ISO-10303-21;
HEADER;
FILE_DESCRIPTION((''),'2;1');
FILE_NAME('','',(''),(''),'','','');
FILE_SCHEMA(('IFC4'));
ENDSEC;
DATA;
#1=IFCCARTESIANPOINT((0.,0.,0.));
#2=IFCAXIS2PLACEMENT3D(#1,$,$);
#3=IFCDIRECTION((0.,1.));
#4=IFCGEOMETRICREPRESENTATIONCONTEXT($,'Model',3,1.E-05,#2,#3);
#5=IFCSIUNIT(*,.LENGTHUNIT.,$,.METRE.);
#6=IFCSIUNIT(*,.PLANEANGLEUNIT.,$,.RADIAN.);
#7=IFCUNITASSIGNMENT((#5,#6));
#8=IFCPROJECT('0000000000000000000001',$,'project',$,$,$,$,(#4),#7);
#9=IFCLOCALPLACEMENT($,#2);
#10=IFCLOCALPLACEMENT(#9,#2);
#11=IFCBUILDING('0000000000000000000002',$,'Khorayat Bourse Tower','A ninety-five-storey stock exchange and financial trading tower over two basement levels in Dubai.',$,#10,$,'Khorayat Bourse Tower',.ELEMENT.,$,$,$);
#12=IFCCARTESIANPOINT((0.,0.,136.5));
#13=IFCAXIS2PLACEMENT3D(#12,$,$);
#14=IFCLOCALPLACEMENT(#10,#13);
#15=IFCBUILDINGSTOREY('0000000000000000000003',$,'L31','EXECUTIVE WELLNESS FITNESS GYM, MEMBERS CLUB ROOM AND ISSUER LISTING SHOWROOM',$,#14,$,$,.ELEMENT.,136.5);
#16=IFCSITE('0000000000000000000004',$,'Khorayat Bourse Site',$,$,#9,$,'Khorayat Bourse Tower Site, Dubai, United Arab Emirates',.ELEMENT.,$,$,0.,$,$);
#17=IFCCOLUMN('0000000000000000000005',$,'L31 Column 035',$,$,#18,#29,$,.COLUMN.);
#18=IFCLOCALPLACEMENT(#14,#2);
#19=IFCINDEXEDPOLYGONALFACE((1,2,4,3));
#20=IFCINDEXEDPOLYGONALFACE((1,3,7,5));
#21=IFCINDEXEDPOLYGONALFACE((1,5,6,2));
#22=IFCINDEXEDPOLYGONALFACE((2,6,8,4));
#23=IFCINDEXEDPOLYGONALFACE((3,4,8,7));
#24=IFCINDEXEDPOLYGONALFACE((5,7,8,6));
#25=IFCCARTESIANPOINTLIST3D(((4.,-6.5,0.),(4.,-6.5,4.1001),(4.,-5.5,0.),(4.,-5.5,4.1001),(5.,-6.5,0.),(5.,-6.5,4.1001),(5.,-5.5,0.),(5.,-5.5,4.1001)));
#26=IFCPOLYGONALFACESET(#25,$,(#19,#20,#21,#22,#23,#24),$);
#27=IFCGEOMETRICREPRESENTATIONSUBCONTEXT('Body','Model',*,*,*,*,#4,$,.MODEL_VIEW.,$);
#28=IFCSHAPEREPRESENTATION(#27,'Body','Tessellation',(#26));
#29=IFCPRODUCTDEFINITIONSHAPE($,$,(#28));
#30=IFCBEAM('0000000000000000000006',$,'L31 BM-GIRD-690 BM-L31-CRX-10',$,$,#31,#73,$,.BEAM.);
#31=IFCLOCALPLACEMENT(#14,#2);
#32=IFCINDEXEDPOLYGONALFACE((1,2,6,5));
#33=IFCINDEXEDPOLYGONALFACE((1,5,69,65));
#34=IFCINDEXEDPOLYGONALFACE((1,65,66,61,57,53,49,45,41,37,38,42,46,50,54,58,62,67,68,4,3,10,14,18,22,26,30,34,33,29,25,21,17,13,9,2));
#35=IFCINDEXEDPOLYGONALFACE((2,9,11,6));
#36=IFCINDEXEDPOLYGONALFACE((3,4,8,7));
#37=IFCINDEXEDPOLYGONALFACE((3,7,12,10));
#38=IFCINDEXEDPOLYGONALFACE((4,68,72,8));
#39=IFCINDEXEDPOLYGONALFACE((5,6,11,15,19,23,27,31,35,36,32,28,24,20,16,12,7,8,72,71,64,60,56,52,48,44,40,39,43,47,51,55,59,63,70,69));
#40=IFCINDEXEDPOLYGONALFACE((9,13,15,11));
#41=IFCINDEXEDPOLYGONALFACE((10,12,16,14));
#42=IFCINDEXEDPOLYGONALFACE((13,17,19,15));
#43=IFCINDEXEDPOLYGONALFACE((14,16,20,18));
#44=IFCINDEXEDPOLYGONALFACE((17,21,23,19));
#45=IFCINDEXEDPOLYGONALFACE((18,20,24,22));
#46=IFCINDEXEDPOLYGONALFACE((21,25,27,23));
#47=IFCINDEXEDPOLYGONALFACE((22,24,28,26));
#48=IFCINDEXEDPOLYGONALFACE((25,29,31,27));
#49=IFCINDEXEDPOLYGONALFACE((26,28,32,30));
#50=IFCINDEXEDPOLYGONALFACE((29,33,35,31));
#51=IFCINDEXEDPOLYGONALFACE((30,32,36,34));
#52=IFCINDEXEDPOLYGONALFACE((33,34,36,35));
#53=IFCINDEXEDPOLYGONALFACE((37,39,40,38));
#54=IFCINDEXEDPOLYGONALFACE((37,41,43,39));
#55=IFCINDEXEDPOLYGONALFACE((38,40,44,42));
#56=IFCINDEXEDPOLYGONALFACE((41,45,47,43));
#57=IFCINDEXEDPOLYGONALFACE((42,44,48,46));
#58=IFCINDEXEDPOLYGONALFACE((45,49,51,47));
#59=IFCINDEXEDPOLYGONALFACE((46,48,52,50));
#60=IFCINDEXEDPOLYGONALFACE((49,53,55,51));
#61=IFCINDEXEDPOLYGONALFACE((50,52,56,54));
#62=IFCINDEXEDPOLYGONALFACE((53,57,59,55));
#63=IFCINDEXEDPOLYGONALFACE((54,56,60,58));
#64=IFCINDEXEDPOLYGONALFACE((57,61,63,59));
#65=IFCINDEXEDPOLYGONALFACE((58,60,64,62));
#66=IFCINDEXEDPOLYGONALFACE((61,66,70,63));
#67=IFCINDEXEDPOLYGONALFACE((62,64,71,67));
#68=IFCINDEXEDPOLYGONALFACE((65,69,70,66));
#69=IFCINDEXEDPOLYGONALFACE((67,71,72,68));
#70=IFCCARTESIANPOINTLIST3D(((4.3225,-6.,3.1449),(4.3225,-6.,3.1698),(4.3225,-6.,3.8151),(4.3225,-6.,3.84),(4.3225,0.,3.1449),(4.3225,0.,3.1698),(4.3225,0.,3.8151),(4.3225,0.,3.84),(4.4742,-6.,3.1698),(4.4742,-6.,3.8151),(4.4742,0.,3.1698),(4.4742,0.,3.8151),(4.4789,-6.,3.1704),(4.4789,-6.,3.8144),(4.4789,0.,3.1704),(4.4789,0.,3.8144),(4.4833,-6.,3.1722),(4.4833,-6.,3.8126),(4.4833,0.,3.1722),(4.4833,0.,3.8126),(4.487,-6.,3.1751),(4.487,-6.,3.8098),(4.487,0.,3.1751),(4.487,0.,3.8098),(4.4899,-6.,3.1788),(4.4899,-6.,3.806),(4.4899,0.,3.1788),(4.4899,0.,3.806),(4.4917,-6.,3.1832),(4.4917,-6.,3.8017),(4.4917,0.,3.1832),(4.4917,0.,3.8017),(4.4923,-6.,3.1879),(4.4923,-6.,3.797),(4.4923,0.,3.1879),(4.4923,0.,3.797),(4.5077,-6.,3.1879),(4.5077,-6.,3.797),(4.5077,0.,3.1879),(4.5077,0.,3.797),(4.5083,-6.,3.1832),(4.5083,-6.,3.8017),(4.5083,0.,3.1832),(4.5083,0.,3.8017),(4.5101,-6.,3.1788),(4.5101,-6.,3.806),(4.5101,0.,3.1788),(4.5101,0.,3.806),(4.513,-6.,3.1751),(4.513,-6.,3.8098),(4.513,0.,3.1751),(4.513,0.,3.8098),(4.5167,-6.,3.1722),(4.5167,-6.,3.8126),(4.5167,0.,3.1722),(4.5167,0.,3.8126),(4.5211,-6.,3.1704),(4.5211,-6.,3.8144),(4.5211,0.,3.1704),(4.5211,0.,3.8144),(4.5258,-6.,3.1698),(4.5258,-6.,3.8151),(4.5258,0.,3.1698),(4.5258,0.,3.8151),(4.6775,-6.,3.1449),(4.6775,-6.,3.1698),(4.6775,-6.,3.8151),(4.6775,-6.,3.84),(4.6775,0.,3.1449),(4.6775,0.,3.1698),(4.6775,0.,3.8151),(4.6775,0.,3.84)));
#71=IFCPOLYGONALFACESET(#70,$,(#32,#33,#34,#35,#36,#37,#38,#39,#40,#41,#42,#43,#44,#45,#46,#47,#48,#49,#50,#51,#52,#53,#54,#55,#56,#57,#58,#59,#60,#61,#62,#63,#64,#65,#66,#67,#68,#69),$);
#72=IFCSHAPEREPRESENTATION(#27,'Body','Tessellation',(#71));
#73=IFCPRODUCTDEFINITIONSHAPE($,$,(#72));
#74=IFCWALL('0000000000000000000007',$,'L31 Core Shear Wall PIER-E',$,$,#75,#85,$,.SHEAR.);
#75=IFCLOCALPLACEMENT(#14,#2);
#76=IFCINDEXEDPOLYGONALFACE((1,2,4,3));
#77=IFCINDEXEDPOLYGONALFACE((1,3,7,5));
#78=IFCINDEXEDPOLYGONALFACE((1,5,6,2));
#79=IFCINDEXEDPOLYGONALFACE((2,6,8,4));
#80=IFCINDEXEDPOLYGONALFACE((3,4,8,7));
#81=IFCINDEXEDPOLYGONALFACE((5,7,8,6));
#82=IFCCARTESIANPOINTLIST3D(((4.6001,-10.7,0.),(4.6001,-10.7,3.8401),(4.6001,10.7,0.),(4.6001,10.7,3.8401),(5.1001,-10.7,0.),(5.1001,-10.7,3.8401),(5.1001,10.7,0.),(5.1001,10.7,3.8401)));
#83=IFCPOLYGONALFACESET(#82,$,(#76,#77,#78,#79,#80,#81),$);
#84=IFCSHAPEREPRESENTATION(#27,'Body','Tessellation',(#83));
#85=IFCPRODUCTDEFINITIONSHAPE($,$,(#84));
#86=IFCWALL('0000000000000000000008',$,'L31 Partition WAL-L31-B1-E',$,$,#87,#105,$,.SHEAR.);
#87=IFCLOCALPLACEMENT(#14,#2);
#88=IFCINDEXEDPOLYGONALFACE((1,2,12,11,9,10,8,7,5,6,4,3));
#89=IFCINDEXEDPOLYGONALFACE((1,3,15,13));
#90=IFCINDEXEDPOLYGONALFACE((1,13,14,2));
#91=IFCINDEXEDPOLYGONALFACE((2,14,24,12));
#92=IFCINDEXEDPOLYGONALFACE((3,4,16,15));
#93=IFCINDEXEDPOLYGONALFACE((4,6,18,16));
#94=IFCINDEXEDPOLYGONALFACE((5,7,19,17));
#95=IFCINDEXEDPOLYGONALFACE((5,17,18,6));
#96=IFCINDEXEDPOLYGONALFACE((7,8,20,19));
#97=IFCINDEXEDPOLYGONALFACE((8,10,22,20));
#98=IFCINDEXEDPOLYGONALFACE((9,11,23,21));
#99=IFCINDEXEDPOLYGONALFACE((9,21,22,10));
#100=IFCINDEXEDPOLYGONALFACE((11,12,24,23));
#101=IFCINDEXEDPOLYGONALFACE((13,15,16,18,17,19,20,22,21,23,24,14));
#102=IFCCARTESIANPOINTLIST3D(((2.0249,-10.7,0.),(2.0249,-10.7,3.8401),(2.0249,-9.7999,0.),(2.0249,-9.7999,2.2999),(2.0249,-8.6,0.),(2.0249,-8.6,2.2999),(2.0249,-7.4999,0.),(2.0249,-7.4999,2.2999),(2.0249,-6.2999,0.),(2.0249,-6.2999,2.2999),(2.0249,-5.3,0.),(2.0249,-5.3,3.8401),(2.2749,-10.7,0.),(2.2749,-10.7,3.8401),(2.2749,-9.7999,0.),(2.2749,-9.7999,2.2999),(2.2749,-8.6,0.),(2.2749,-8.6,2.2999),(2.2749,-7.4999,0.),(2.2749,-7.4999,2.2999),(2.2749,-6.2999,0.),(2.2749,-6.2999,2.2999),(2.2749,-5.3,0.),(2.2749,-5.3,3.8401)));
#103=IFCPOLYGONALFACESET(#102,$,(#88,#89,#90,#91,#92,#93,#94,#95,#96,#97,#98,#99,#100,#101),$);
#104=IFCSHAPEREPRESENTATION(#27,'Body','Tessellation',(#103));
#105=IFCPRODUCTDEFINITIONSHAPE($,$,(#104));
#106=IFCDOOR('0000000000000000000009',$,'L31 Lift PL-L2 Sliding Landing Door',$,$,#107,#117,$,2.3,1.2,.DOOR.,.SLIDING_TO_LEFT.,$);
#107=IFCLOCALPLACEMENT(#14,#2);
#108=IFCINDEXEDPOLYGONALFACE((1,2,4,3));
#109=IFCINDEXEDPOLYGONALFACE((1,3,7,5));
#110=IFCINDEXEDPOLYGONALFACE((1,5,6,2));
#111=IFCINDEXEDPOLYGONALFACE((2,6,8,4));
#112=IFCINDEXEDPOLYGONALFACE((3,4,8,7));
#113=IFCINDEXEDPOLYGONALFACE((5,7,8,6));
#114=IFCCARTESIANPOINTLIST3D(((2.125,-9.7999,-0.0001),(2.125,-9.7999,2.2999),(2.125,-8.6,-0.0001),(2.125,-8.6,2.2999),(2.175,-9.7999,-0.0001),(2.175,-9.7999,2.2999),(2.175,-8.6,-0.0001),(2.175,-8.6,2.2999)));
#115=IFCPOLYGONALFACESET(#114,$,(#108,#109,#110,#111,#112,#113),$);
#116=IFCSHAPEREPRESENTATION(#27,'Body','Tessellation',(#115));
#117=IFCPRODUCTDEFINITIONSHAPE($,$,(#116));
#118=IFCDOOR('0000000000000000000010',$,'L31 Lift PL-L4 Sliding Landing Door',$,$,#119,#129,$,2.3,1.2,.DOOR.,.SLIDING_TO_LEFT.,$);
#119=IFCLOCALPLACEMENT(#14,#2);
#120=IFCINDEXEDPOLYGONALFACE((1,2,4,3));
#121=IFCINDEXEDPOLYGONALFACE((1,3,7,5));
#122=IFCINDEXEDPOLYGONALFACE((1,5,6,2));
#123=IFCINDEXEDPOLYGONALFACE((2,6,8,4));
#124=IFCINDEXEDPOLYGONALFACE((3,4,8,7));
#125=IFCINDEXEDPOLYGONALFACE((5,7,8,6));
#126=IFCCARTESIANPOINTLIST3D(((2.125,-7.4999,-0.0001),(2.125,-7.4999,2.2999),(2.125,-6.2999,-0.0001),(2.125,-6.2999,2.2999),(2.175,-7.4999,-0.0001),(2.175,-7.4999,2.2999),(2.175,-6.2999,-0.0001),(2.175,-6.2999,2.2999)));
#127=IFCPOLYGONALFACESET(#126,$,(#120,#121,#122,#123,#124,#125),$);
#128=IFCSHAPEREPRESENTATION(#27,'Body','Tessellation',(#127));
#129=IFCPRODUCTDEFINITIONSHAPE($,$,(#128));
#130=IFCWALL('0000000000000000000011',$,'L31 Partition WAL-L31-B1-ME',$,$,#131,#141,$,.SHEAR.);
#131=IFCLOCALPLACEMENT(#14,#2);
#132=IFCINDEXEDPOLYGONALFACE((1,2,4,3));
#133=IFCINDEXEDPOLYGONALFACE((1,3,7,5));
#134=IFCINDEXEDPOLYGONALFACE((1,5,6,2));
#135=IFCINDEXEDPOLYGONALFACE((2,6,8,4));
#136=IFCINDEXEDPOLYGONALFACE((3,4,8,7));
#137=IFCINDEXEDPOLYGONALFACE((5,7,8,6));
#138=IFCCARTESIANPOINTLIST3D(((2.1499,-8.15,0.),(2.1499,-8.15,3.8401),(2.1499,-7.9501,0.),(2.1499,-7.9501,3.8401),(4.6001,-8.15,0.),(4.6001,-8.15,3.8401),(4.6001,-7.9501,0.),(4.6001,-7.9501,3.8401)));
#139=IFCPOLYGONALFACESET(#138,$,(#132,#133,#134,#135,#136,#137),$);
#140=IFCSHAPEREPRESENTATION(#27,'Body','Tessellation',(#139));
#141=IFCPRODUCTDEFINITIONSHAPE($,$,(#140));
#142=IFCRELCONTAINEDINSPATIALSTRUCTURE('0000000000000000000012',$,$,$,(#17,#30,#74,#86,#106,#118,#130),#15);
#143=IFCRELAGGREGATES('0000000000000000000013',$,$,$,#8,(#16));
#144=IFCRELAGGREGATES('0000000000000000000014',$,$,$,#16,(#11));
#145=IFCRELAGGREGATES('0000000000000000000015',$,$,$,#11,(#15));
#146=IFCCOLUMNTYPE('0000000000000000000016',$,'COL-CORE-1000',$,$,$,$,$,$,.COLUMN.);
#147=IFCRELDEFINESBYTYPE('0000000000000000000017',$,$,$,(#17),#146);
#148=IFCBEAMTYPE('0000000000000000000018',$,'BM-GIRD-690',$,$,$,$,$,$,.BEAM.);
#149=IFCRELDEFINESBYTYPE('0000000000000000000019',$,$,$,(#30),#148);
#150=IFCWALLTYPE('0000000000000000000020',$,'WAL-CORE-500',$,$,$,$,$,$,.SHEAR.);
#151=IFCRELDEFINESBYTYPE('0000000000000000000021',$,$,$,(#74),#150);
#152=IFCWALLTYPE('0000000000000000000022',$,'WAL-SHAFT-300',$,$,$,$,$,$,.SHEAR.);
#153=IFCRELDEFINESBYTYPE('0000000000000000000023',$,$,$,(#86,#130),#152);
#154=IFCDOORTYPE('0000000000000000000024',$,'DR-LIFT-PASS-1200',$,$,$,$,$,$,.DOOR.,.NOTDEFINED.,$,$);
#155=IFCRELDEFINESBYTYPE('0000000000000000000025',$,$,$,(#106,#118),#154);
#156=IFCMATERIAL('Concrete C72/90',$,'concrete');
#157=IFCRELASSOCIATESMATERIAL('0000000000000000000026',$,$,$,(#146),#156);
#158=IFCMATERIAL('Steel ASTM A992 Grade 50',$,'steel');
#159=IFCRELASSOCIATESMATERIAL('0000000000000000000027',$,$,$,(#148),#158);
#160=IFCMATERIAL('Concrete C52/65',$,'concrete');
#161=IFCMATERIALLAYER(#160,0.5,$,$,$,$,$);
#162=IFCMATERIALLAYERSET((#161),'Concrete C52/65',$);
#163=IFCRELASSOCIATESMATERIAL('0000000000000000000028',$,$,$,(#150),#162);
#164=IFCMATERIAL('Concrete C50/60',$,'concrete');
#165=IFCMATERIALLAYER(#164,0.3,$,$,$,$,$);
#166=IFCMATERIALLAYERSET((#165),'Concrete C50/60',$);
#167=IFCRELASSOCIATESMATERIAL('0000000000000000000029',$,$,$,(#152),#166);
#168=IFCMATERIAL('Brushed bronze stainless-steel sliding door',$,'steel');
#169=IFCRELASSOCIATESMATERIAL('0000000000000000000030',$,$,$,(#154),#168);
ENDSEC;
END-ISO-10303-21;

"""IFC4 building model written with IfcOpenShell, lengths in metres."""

from ifc_helpers import new_model, si_unit, direction, frame, frame_2d, origin, origin_2d, place, context, subcontext, project, spatial, rectangle, i_section, extrude, source, transform, mapped, material, layer, layer_set, material_profile, profile_set, type_object, element, fill, save


model = new_model("IFC4")

# Units and contexts
model_context = context("Model", 3, precision=1e-05, world=origin(), true_north=direction((0.0, 1.0)))
body_context = subcontext(model_context, "Body", "Model", "MODEL_VIEW")
ifc_project = project(units=[si_unit("LENGTHUNIT", "METRE"), si_unit("PLANEANGLEUNIT", "RADIAN")], contexts=[model_context])

# Site, building, storey
site_placement = place(None, origin())
site = spatial("IfcSite", under=ifc_project, at=site_placement, Name="Khorayat Bourse Site", LongName="Khorayat Bourse Tower Site, Dubai, United Arab Emirates", CompositionType="ELEMENT", RefElevation=0.0)
building_placement = place(site_placement, origin())
building = spatial("IfcBuilding", under=site, at=building_placement, Name="Khorayat Bourse Tower", Description="A ninety-five-storey stock exchange and financial trading tower over two basement levels in Dubai.", LongName="Khorayat Bourse Tower", CompositionType="ELEMENT")
storey_placement = place(building_placement, frame((0.0, 0.0, 136.5)))
storey = spatial("IfcBuildingStorey", under=building, at=storey_placement, Name="L31", Description="EXECUTIVE WELLNESS FITNESS GYM, MEMBERS CLUB ROOM AND ISSUER LISTING SHOWROOM", CompositionType="ELEMENT", Elevation=136.5)

# Column
ifc_material_1 = material(Name="Concrete C72/90", Category="concrete")
ifc_material_profile_1 = material_profile(ifc_material_1, rectangle(XDim=1.0, YDim=1.0, at=origin_2d()), Name="RC 1000x1000")
ifc_profile_set_1 = profile_set([ifc_material_profile_1], Name="Concrete C72/90")
column_type = type_object("IfcColumnType", Name="COL-CORE-1000", PredefinedType="COLUMN", material=ifc_profile_set_1)
shared_shape_1 = source(origin(), body_context, "Body", "SweptSolid", [
    extrude(rectangle(XDim=1.0, YDim=1.0, at=origin_2d()), origin(), (0.0, 0.0, 1.0), 4.1001),
])
column_placement = place(storey_placement, frame((4.5, -6.0, 0.0), z_axis=(0.0, 0.0, 1.0), x_axis=(1.0, 0.0, 0.0)))
element("IfcColumn", 1, at=column_placement, inside=storey, type_object=column_type, Name="L31 Column 035", PredefinedType="COLUMN", context=body_context, shape_type="MappedRepresentation", body=[
    mapped(shared_shape_1, transform((0.0, 0.0, 0.0), scale=1.0)),
])

# Beam
ifc_material_2 = material(Name="Steel ASTM A992 Grade 50", Category="steel")
ifc_material_profile_2 = material_profile(ifc_material_2, i_section(OverallWidth=0.355, OverallDepth=0.6951, WebThickness=0.0154, FlangeThickness=0.0249, FilletRadius=0.0181, at=origin_2d()), Name="W690X217")
ifc_profile_set_2 = profile_set([ifc_material_profile_2], Name="Steel ASTM A992 Grade 50")
beam_type = type_object("IfcBeamType", Name="BM-GIRD-690", PredefinedType="BEAM", material=ifc_profile_set_2)
shared_shape_2 = source(origin(), body_context, "Body", "SweptSolid", [
    extrude(i_section(OverallWidth=0.355, OverallDepth=0.6951, WebThickness=0.0154, FlangeThickness=0.0249, FilletRadius=0.0181, at=origin_2d()), origin(), (0.0, 0.0, 1.0), 6.0),
])
beam_placement = place(storey_placement, frame((4.5, -6.0, 3.4924), z_axis=(0.0, 1.0, 0.0), x_axis=(-1.0, 0.0, 0.0)))
element("IfcBeam", 2, at=beam_placement, inside=storey, type_object=beam_type, Name="L31 BM-GIRD-690 BM-L31-CRX-10", PredefinedType="BEAM", context=body_context, shape_type="MappedRepresentation", body=[
    mapped(shared_shape_2, transform((0.0, 0.0, 0.0), scale=1.0)),
])

# Wall
ifc_material_3 = material(Name="Concrete C52/65", Category="concrete")
ifc_layer_1 = layer(ifc_material_3, 0.5)
ifc_layer_set_1 = layer_set([ifc_layer_1], Name="Concrete C52/65")
wall_type_1 = type_object("IfcWallType", Name="WAL-CORE-500", PredefinedType="SHEAR", material=ifc_layer_set_1)
shared_shape_3 = source(origin(), body_context, "Body", "SweptSolid", [
    extrude(rectangle(XDim=21.3999, YDim=0.5, at=frame_2d((10.7, 0.0))), origin(), (0.0, 0.0, 1.0), 3.8401),
])
wall_1_placement = place(storey_placement, frame((4.8501, -10.7, 0.0), z_axis=(0.0, 0.0, 1.0), x_axis=(0.0, 1.0, 0.0)))
element("IfcWall", 3, at=wall_1_placement, inside=storey, type_object=wall_type_1, Name="L31 Core Shear Wall PIER-E", PredefinedType="SHEAR", context=body_context, shape_type="MappedRepresentation", body=[
    mapped(shared_shape_3, transform((0.0, 0.0, 0.0), scale=1.0)),
])

# Wall, openings, doors
ifc_material_4 = material(Name="Concrete C50/60", Category="concrete")
ifc_layer_2 = layer(ifc_material_4, 0.3)
ifc_layer_set_2 = layer_set([ifc_layer_2], Name="Concrete C50/60")
wall_type_2 = type_object("IfcWallType", Name="WAL-SHAFT-300", PredefinedType="SHEAR", material=ifc_layer_set_2)
shared_shape_4 = source(origin(), body_context, "Body", "SweptSolid", [
    extrude(rectangle(XDim=5.3999, YDim=0.25, at=frame_2d((2.7, 0.0))), origin(), (0.0, 0.0, 1.0), 3.8401),
])
wall_2_placement = place(storey_placement, frame((2.1499, -10.7, 0.0), z_axis=(0.0, 0.0, 1.0), x_axis=(0.0, 1.0, 0.0)))
wall_2 = element("IfcWall", 4, at=wall_2_placement, inside=storey, type_object=wall_type_2, Name="L31 Partition WAL-L31-B1-E", PredefinedType="SHEAR", context=body_context, shape_type="MappedRepresentation", body=[
    mapped(shared_shape_4, transform((0.0, 0.0, 0.0), scale=1.0)),
])
shared_shape_5 = source(origin(), body_context, "Body", "SweptSolid", [
    extrude(rectangle(XDim=1.2, YDim=2.3, at=frame_2d((0.6001, 1.1499))), frame((0.0, 0.135, 0.0), z_axis=(0.0, -1.0, 0.0), x_axis=(1.0, 0.0, 0.0)), (0.0, 0.0, 1.0), 0.27),
])
opening_1_placement = place(wall_2_placement, frame((0.8999, 0.0, 0.0)))
opening_1 = element("IfcOpeningElement", 5, at=opening_1_placement, cuts=wall_2, PredefinedType="OPENING", context=body_context, shape_type="MappedRepresentation", body=[
    mapped(shared_shape_5, transform((0.0, 0.0, 0.0), scale=1.0)),
])
opening_2_placement = place(wall_2_placement, frame((3.2, 0.0, 0.0)))
opening_2 = element("IfcOpeningElement", 6, at=opening_2_placement, cuts=wall_2, PredefinedType="OPENING", context=body_context, shape_type="MappedRepresentation", body=[
    mapped(shared_shape_5, transform((0.0, 0.0, 0.0), scale=1.0)),
])
ifc_material_5 = material(Name="Brushed bronze stainless-steel sliding door", Category="steel")
door_type_1 = type_object("IfcDoorType", Name="DR-LIFT-PASS-1200", OperationType="NOTDEFINED", PredefinedType="DOOR", material=ifc_material_5)
shared_shape_6 = source(origin(), body_context, "Body", "SweptSolid", [
    extrude(rectangle(XDim=1.2, YDim=2.3, at=frame_2d((0.6001, 1.1499))), frame((0.0, 0.0249, 0.0), z_axis=(0.0, -1.0, 0.0), x_axis=(1.0, 0.0, 0.0)), (0.0, 0.0, 1.0), 0.05),
])
door_1_placement = place(opening_1_placement, origin())
door_1 = element("IfcDoor", 7, at=door_1_placement, inside=storey, type_object=door_type_1, Name="L31 Lift PL-L2 Sliding Landing Door", OperationType="SLIDING_TO_LEFT", OverallHeight=2.3, OverallWidth=1.2, PredefinedType="DOOR", context=body_context, shape_type="MappedRepresentation", body=[
    mapped(shared_shape_6, transform((0.0, 0.0, 0.0), scale=1.0)),
])
fill(opening_1, door_1)
door_2_placement = place(opening_2_placement, origin())
door_2 = element("IfcDoor", 8, at=door_2_placement, inside=storey, type_object=door_type_1, Name="L31 Lift PL-L4 Sliding Landing Door", OperationType="SLIDING_TO_LEFT", OverallHeight=2.3, OverallWidth=1.2, PredefinedType="DOOR", context=body_context, shape_type="MappedRepresentation", body=[
    mapped(shared_shape_6, transform((0.0, 0.0, 0.0), scale=1.0)),
])
fill(opening_2, door_2)

# Wall
shared_shape_7 = source(origin(), body_context, "Body", "SweptSolid", [
    extrude(rectangle(XDim=2.4502, YDim=0.2, at=frame_2d((1.2251, 0.0))), origin(), (0.0, 0.0, 1.0), 3.8401),
])
wall_3_placement = place(storey_placement, frame((2.1499, -8.05, 0.0), z_axis=(0.0, 0.0, 1.0), x_axis=(1.0, 0.0, 0.0)))
element("IfcWall", 9, at=wall_3_placement, inside=storey, type_object=wall_type_2, Name="L31 Partition WAL-L31-B1-ME", PredefinedType="SHEAR", context=body_context, shape_type="MappedRepresentation", body=[
    mapped(shared_shape_7, transform((0.0, 0.0, 0.0), scale=1.0)),
])

save(model, "model.ifc")
